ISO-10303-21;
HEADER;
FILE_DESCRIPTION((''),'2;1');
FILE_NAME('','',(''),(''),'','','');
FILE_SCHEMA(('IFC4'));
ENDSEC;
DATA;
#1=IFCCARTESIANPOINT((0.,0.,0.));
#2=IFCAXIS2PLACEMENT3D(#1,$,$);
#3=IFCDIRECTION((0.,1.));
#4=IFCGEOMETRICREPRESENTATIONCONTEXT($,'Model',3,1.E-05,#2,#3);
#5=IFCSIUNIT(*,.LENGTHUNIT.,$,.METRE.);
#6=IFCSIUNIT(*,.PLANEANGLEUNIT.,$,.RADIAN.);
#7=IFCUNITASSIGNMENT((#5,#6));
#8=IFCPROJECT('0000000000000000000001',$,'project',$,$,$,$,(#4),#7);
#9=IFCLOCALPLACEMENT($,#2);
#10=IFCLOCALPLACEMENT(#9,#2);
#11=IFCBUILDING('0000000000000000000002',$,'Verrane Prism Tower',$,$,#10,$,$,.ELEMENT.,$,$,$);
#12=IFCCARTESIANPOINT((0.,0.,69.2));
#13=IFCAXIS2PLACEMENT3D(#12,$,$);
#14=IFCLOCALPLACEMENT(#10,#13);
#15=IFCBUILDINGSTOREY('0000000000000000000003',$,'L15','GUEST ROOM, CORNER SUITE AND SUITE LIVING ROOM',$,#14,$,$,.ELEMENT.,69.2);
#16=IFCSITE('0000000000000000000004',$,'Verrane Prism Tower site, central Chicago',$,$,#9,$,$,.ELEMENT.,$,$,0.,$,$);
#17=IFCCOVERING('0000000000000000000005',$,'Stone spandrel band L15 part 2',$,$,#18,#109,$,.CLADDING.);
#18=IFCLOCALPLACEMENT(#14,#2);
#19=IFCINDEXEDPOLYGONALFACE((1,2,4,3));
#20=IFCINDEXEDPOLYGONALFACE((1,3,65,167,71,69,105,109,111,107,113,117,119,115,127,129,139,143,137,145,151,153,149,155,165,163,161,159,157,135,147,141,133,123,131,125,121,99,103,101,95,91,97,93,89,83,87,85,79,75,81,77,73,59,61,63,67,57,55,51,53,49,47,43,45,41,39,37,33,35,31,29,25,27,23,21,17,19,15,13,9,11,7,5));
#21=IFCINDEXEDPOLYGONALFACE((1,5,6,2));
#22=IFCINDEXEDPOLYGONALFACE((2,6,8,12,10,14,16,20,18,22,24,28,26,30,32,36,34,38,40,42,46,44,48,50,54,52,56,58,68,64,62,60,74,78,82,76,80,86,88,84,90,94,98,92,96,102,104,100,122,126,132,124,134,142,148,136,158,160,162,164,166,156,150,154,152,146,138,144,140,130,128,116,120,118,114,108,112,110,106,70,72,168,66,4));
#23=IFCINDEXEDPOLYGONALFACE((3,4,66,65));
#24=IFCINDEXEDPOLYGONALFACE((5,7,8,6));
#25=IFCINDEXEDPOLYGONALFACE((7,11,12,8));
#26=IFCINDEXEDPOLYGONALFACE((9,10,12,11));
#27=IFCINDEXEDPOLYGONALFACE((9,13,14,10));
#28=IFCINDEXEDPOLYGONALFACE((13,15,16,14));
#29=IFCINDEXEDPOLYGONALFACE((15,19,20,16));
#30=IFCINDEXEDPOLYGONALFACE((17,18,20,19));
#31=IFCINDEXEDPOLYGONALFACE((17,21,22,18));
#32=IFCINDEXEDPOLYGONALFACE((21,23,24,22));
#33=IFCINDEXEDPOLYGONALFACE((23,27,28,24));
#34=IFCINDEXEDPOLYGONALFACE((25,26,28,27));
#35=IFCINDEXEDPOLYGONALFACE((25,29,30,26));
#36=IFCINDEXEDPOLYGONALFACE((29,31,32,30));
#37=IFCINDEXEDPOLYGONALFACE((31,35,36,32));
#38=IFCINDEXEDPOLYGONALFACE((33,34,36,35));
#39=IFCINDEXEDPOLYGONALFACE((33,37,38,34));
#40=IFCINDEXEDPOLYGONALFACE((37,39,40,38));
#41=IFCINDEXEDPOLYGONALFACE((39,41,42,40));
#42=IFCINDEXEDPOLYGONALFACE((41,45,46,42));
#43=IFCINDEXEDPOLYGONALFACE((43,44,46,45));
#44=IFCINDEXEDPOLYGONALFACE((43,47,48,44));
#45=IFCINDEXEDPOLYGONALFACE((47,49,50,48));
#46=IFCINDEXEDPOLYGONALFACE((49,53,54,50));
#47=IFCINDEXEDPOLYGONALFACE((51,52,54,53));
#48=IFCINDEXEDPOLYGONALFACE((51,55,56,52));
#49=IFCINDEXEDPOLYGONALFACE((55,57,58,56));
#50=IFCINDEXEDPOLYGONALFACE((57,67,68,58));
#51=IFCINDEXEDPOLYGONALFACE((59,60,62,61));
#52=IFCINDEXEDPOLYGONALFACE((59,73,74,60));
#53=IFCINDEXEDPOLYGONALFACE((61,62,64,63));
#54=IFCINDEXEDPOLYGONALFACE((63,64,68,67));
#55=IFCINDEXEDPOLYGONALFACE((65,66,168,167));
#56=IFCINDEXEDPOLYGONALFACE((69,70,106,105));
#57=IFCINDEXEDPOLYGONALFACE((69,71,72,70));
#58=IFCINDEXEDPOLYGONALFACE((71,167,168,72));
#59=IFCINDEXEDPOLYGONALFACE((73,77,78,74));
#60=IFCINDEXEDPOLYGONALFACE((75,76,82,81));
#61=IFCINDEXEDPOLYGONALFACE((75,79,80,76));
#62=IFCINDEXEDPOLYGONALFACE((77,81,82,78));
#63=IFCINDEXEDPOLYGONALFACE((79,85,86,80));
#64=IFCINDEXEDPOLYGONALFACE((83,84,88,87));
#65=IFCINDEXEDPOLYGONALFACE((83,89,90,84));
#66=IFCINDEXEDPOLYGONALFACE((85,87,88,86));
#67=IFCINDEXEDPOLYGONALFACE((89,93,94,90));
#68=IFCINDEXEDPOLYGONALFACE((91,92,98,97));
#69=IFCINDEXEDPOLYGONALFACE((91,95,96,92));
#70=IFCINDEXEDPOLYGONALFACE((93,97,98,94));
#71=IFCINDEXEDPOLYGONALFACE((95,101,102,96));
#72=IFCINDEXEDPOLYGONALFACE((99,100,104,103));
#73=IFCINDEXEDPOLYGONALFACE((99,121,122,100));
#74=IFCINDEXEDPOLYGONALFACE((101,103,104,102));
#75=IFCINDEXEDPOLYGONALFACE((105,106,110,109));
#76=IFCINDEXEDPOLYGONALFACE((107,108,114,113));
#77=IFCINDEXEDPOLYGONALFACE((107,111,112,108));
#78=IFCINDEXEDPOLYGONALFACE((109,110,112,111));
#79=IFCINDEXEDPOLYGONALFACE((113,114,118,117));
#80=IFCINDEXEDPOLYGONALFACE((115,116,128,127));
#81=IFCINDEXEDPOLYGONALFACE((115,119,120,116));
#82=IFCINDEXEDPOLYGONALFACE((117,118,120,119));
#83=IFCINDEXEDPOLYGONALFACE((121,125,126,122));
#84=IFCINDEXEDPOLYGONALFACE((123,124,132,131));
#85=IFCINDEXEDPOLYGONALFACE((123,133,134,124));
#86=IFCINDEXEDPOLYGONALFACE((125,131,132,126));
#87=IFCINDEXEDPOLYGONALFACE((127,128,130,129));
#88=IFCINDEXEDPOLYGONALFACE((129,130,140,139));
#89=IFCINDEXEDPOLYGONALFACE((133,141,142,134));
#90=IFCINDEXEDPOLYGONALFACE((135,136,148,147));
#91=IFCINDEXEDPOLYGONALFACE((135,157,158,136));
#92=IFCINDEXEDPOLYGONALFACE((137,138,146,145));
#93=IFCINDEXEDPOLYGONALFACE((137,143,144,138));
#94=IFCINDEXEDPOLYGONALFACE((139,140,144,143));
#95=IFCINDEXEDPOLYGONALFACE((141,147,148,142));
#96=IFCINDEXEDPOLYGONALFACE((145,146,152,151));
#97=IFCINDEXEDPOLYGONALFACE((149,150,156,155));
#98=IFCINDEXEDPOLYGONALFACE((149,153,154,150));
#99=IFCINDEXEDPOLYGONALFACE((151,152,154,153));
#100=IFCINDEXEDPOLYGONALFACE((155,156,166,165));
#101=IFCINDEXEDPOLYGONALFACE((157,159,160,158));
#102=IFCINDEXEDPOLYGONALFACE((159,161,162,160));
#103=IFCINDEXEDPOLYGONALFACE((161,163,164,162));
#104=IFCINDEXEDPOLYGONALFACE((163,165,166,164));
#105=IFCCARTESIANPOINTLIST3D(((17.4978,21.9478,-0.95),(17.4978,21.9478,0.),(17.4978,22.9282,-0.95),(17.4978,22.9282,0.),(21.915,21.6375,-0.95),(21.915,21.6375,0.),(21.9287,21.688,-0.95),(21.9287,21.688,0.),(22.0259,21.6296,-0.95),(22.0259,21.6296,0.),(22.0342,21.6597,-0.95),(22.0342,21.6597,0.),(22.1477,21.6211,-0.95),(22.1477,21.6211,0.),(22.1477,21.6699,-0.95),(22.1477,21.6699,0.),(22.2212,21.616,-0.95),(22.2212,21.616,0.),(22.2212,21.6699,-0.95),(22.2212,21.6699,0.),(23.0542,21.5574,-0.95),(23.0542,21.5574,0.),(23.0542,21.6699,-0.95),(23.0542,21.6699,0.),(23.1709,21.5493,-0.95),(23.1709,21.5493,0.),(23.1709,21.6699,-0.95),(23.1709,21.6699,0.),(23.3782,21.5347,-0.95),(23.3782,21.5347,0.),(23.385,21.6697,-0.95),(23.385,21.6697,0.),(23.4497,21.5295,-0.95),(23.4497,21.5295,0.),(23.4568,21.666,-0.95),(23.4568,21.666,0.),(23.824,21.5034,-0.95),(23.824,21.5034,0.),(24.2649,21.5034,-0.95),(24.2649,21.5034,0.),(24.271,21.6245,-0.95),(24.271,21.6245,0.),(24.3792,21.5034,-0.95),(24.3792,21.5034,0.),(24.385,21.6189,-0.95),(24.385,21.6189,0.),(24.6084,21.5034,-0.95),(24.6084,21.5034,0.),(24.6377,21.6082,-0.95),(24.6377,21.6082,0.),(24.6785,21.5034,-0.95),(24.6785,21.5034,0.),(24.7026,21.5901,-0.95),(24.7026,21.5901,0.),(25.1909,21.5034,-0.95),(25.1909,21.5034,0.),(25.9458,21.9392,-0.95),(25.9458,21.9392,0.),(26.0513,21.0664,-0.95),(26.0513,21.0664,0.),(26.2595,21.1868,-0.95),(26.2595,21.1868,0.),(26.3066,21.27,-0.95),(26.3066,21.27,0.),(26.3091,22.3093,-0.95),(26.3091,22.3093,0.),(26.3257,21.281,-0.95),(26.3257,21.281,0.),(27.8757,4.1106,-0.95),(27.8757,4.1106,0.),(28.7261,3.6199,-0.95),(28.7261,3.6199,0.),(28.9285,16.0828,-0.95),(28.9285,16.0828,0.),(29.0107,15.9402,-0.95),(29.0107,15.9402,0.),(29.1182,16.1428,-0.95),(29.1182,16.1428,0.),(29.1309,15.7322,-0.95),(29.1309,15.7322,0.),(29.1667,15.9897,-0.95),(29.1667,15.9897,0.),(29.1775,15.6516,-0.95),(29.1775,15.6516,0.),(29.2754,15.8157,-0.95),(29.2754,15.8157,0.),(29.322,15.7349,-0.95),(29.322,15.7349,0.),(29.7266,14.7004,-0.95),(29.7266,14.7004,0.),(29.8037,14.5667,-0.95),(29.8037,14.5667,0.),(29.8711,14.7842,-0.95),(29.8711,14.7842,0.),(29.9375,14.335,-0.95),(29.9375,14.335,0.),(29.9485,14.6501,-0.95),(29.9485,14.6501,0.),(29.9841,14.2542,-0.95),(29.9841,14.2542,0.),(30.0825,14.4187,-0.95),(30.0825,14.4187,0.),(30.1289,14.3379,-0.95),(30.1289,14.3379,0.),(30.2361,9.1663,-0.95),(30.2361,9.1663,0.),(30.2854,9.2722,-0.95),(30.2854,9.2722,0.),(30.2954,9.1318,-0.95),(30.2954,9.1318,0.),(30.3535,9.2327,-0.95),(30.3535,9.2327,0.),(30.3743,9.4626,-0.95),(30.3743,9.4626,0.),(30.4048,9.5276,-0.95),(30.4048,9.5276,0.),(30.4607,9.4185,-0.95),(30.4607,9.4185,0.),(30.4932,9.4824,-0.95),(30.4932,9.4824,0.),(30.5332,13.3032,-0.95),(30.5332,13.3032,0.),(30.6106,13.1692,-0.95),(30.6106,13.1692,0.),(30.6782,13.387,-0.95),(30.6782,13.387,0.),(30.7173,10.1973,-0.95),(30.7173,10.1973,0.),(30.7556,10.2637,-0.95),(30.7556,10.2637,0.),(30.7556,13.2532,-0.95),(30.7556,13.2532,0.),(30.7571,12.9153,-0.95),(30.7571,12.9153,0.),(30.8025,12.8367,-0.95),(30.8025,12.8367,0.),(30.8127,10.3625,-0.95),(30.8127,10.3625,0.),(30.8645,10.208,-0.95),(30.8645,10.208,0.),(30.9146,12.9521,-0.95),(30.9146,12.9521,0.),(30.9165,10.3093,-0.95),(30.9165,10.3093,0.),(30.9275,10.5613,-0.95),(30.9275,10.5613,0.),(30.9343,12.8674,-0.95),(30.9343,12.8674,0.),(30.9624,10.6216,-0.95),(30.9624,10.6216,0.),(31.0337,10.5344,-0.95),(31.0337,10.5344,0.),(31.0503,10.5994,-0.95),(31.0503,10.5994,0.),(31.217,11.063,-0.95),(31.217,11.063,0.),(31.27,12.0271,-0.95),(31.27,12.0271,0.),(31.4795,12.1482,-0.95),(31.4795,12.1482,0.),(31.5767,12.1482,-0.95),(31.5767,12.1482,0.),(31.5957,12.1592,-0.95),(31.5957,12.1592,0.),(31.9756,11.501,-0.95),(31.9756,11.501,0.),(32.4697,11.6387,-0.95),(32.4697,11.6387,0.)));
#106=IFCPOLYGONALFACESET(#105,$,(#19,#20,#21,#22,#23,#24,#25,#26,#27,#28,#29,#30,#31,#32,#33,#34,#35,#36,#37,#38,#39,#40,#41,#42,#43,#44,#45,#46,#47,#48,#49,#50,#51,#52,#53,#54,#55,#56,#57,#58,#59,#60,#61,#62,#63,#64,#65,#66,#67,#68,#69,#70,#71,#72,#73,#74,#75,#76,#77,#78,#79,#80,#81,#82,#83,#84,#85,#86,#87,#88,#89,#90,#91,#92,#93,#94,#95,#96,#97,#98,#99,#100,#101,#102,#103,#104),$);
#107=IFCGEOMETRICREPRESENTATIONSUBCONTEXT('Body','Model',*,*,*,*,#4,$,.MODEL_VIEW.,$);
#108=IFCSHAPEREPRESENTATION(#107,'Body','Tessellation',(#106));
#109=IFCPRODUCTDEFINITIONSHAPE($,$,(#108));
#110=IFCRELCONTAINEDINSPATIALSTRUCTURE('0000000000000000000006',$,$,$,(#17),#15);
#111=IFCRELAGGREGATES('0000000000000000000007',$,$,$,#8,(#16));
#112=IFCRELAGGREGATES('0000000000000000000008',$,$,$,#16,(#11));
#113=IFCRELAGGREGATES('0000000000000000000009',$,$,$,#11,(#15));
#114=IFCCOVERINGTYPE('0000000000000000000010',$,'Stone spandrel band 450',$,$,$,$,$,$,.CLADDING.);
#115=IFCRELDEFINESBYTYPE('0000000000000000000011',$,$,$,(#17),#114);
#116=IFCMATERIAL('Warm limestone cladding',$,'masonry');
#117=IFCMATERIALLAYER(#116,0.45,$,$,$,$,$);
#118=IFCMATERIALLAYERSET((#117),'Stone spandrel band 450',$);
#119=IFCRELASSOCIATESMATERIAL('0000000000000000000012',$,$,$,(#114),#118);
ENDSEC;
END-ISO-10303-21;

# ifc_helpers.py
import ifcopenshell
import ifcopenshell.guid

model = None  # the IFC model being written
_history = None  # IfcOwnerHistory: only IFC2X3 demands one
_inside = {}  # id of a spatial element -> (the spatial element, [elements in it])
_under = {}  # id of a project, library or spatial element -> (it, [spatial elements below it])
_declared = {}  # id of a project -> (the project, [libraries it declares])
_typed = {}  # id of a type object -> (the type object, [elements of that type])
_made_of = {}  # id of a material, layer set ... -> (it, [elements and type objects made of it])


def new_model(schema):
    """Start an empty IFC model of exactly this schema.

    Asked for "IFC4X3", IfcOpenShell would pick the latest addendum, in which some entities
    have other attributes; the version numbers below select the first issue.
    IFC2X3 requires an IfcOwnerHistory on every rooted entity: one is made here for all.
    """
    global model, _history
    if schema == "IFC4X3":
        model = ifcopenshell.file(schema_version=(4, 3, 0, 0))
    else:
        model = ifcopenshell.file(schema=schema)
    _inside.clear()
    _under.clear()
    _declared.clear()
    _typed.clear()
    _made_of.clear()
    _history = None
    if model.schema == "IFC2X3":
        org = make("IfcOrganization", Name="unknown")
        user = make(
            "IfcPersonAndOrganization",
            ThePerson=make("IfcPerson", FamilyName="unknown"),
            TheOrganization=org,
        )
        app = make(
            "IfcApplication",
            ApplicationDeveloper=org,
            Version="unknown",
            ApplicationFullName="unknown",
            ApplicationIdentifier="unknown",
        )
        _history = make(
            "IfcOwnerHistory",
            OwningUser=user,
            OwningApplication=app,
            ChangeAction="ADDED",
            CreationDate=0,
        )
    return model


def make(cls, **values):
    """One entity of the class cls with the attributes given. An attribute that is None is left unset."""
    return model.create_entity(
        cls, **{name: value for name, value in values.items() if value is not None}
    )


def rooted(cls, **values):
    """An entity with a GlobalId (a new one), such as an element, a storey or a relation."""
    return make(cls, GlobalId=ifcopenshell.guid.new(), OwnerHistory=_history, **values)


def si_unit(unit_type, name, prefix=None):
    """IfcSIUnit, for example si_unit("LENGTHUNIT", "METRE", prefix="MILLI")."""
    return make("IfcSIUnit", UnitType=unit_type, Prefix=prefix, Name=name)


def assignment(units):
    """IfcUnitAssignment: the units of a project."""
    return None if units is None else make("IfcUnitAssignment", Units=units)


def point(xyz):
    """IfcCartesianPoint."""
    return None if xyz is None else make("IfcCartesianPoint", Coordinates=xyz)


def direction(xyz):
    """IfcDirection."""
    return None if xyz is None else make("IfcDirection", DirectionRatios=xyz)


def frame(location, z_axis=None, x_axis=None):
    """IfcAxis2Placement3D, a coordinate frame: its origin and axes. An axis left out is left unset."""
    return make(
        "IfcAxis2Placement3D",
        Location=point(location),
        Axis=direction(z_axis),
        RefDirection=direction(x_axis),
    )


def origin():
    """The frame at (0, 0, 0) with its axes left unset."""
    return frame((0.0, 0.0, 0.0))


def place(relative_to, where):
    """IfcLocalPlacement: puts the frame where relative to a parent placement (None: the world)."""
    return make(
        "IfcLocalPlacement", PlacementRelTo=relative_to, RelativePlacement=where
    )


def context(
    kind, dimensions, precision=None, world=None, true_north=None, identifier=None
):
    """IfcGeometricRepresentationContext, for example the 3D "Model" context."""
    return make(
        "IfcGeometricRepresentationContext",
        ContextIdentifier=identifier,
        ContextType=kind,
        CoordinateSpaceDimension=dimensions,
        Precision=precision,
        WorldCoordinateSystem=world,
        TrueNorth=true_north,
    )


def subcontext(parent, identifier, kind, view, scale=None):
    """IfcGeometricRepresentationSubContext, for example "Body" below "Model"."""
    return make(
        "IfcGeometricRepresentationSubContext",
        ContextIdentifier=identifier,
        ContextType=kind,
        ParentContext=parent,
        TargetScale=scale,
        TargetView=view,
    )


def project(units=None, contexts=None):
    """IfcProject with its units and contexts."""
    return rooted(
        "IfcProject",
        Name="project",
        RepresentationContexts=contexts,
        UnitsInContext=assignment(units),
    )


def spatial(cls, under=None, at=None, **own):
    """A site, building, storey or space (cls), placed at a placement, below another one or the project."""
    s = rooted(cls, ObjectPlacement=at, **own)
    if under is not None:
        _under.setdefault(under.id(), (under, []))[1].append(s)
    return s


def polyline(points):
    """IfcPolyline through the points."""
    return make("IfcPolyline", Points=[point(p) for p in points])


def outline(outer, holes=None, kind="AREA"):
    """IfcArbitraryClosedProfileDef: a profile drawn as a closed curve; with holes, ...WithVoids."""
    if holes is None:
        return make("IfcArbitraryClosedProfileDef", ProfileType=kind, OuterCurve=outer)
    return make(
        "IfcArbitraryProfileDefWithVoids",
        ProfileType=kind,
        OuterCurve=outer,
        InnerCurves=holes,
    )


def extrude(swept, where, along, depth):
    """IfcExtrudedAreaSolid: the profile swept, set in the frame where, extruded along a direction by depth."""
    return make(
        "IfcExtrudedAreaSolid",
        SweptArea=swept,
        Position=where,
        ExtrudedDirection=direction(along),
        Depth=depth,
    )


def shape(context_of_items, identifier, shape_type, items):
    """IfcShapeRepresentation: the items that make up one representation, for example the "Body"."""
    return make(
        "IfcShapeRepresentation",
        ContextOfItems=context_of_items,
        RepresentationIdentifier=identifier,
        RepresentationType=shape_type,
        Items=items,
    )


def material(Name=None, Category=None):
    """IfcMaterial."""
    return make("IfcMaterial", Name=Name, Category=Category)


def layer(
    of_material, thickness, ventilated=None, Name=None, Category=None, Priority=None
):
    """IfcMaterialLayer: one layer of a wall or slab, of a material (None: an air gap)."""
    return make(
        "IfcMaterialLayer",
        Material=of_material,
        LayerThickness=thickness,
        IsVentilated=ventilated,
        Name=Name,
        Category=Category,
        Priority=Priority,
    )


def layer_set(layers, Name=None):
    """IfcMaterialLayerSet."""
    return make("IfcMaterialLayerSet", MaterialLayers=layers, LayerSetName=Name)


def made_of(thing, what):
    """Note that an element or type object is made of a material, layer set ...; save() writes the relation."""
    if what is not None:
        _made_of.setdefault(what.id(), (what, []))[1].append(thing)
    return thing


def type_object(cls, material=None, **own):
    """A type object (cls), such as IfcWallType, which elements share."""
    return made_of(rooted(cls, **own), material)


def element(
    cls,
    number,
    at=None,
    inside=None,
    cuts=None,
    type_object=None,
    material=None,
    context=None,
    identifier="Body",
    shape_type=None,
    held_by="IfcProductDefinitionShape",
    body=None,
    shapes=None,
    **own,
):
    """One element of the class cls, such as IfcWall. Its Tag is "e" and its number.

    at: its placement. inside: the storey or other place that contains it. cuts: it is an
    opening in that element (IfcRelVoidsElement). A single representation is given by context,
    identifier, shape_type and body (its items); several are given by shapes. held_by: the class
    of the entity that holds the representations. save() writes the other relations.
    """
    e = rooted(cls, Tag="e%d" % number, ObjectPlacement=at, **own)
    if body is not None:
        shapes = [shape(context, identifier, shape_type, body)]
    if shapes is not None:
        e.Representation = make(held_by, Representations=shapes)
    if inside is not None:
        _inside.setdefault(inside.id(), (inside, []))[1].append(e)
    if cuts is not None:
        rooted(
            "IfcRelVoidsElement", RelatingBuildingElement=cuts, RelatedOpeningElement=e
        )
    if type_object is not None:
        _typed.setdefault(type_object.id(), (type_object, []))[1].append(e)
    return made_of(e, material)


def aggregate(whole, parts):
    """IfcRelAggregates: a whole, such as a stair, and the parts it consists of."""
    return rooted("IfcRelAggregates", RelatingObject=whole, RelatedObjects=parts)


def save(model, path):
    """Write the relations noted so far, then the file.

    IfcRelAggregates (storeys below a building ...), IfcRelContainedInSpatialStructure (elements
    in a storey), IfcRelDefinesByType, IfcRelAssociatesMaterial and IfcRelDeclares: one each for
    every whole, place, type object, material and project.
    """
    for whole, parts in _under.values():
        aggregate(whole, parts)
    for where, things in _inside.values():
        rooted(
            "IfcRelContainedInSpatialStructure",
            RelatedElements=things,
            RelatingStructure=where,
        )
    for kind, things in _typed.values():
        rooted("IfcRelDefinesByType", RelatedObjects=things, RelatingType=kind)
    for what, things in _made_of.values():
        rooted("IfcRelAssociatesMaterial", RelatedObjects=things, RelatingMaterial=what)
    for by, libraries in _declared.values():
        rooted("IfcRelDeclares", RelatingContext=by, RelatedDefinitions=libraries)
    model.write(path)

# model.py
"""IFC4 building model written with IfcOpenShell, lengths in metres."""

from ifc_helpers import new_model, si_unit, direction, frame, origin, place, context, subcontext, project, spatial, polyline, outline, extrude, material, layer, layer_set, type_object, element, save


model = new_model("IFC4")

# Units and contexts
model_context = context("Model", 3, precision=1e-05, world=origin(), true_north=direction((0.0, 1.0)))
body_context = subcontext(model_context, "Body", "Model", "MODEL_VIEW")
ifc_project = project(units=[si_unit("LENGTHUNIT", "METRE"), si_unit("PLANEANGLEUNIT", "RADIAN")], contexts=[model_context])

# Site, building, storey
site_placement = place(None, origin())
site = spatial("IfcSite", under=ifc_project, at=site_placement, Name="Verrane Prism Tower site, central Chicago", CompositionType="ELEMENT", RefElevation=0.0)
building_placement = place(site_placement, origin())
building = spatial("IfcBuilding", under=site, at=building_placement, Name="Verrane Prism Tower", CompositionType="ELEMENT")
storey_placement = place(building_placement, frame((0.0, 0.0, 69.2)))
storey = spatial("IfcBuildingStorey", under=building, at=storey_placement, Name="L15", Description="GUEST ROOM, CORNER SUITE AND SUITE LIVING ROOM", CompositionType="ELEMENT", Elevation=69.2)

# Covering
ifc_material_1 = material(Name="Warm limestone cladding", Category="masonry")
ifc_layer_1 = layer(ifc_material_1, 0.45)
ifc_layer_set_1 = layer_set([ifc_layer_1], Name="Stone spandrel band 450")
covering_type_1 = type_object("IfcCoveringType", Name="Stone spandrel band 450", PredefinedType="CLADDING", material=ifc_layer_set_1)
covering_1_placement = place(storey_placement, frame((0.0, 0.0, -0.95)))
element("IfcCovering", 1, at=covering_1_placement, inside=storey, type_object=covering_type_1, Name="Stone spandrel band L15 part 2", PredefinedType="CLADDING", context=body_context, shape_type="SweptSolid", body=[
    extrude(outline(polyline([(17.4978, 21.9478), (21.915, 21.6375), (21.9287, 21.688), (22.0342, 21.6597), (22.0259, 21.6296), (22.1477, 21.6211), (22.1477, 21.6699), (22.2212, 21.6699), (22.2212, 21.616), (23.0542, 21.5574), (23.0542, 21.6699), (23.1709, 21.6699), (23.1709, 21.5493), (23.3782, 21.5347), (23.385, 21.6697), (23.4568, 21.666), (23.4497, 21.5295), (23.824, 21.5034), (24.2649, 21.5034), (24.271, 21.6245), (24.385, 21.6189), (24.3792, 21.5034), (24.6084, 21.5034), (24.6377, 21.6082), (24.7026, 21.5901), (24.6785, 21.5034), (25.1909, 21.5034), (25.9458, 21.9392), (26.3257, 21.281), (26.3066, 21.27), (26.2595, 21.1868), (26.0513, 21.0664), (28.9285, 16.0828), (29.1182, 16.1428), (29.1667, 15.9897), (29.0107, 15.9402), (29.1309, 15.7322), (29.2754, 15.8157), (29.322, 15.7349), (29.1775, 15.6516), (29.7266, 14.7004), (29.8711, 14.7842), (29.9485, 14.6501), (29.8037, 14.5667), (29.9375, 14.335), (30.0825, 14.4187), (30.1289, 14.3379), (29.9841, 14.2542), (30.5332, 13.3032), (30.6782, 13.387), (30.7556, 13.2532), (30.6106, 13.1692), (30.7571, 12.9153), (30.9146, 12.9521), (30.9343, 12.8674), (30.8025, 12.8367), (31.27, 12.0271), (31.4795, 12.1482), (31.5767, 12.1482), (31.5957, 12.1592), (31.9756, 11.501), (31.217, 11.063), (30.9624, 10.6216), (31.0503, 10.5994), (31.0337, 10.5344), (30.9275, 10.5613), (30.8127, 10.3625), (30.9165, 10.3093), (30.8645, 10.208), (30.7556, 10.2637), (30.7173, 10.1973), (30.4048, 9.5276), (30.4932, 9.4824), (30.4607, 9.4185), (30.3743, 9.4626), (30.2854, 9.2722), (30.3535, 9.2327), (30.2954, 9.1318), (30.2361, 9.1663), (27.8757, 4.1106), (28.7261, 3.6199), (32.4697, 11.6387), (26.3091, 22.3093), (17.4978, 22.9282), (17.4978, 21.9478)])), origin(), (0.0, 0.0, 1.0), 0.95),
])

save(model, "model.ifc")
